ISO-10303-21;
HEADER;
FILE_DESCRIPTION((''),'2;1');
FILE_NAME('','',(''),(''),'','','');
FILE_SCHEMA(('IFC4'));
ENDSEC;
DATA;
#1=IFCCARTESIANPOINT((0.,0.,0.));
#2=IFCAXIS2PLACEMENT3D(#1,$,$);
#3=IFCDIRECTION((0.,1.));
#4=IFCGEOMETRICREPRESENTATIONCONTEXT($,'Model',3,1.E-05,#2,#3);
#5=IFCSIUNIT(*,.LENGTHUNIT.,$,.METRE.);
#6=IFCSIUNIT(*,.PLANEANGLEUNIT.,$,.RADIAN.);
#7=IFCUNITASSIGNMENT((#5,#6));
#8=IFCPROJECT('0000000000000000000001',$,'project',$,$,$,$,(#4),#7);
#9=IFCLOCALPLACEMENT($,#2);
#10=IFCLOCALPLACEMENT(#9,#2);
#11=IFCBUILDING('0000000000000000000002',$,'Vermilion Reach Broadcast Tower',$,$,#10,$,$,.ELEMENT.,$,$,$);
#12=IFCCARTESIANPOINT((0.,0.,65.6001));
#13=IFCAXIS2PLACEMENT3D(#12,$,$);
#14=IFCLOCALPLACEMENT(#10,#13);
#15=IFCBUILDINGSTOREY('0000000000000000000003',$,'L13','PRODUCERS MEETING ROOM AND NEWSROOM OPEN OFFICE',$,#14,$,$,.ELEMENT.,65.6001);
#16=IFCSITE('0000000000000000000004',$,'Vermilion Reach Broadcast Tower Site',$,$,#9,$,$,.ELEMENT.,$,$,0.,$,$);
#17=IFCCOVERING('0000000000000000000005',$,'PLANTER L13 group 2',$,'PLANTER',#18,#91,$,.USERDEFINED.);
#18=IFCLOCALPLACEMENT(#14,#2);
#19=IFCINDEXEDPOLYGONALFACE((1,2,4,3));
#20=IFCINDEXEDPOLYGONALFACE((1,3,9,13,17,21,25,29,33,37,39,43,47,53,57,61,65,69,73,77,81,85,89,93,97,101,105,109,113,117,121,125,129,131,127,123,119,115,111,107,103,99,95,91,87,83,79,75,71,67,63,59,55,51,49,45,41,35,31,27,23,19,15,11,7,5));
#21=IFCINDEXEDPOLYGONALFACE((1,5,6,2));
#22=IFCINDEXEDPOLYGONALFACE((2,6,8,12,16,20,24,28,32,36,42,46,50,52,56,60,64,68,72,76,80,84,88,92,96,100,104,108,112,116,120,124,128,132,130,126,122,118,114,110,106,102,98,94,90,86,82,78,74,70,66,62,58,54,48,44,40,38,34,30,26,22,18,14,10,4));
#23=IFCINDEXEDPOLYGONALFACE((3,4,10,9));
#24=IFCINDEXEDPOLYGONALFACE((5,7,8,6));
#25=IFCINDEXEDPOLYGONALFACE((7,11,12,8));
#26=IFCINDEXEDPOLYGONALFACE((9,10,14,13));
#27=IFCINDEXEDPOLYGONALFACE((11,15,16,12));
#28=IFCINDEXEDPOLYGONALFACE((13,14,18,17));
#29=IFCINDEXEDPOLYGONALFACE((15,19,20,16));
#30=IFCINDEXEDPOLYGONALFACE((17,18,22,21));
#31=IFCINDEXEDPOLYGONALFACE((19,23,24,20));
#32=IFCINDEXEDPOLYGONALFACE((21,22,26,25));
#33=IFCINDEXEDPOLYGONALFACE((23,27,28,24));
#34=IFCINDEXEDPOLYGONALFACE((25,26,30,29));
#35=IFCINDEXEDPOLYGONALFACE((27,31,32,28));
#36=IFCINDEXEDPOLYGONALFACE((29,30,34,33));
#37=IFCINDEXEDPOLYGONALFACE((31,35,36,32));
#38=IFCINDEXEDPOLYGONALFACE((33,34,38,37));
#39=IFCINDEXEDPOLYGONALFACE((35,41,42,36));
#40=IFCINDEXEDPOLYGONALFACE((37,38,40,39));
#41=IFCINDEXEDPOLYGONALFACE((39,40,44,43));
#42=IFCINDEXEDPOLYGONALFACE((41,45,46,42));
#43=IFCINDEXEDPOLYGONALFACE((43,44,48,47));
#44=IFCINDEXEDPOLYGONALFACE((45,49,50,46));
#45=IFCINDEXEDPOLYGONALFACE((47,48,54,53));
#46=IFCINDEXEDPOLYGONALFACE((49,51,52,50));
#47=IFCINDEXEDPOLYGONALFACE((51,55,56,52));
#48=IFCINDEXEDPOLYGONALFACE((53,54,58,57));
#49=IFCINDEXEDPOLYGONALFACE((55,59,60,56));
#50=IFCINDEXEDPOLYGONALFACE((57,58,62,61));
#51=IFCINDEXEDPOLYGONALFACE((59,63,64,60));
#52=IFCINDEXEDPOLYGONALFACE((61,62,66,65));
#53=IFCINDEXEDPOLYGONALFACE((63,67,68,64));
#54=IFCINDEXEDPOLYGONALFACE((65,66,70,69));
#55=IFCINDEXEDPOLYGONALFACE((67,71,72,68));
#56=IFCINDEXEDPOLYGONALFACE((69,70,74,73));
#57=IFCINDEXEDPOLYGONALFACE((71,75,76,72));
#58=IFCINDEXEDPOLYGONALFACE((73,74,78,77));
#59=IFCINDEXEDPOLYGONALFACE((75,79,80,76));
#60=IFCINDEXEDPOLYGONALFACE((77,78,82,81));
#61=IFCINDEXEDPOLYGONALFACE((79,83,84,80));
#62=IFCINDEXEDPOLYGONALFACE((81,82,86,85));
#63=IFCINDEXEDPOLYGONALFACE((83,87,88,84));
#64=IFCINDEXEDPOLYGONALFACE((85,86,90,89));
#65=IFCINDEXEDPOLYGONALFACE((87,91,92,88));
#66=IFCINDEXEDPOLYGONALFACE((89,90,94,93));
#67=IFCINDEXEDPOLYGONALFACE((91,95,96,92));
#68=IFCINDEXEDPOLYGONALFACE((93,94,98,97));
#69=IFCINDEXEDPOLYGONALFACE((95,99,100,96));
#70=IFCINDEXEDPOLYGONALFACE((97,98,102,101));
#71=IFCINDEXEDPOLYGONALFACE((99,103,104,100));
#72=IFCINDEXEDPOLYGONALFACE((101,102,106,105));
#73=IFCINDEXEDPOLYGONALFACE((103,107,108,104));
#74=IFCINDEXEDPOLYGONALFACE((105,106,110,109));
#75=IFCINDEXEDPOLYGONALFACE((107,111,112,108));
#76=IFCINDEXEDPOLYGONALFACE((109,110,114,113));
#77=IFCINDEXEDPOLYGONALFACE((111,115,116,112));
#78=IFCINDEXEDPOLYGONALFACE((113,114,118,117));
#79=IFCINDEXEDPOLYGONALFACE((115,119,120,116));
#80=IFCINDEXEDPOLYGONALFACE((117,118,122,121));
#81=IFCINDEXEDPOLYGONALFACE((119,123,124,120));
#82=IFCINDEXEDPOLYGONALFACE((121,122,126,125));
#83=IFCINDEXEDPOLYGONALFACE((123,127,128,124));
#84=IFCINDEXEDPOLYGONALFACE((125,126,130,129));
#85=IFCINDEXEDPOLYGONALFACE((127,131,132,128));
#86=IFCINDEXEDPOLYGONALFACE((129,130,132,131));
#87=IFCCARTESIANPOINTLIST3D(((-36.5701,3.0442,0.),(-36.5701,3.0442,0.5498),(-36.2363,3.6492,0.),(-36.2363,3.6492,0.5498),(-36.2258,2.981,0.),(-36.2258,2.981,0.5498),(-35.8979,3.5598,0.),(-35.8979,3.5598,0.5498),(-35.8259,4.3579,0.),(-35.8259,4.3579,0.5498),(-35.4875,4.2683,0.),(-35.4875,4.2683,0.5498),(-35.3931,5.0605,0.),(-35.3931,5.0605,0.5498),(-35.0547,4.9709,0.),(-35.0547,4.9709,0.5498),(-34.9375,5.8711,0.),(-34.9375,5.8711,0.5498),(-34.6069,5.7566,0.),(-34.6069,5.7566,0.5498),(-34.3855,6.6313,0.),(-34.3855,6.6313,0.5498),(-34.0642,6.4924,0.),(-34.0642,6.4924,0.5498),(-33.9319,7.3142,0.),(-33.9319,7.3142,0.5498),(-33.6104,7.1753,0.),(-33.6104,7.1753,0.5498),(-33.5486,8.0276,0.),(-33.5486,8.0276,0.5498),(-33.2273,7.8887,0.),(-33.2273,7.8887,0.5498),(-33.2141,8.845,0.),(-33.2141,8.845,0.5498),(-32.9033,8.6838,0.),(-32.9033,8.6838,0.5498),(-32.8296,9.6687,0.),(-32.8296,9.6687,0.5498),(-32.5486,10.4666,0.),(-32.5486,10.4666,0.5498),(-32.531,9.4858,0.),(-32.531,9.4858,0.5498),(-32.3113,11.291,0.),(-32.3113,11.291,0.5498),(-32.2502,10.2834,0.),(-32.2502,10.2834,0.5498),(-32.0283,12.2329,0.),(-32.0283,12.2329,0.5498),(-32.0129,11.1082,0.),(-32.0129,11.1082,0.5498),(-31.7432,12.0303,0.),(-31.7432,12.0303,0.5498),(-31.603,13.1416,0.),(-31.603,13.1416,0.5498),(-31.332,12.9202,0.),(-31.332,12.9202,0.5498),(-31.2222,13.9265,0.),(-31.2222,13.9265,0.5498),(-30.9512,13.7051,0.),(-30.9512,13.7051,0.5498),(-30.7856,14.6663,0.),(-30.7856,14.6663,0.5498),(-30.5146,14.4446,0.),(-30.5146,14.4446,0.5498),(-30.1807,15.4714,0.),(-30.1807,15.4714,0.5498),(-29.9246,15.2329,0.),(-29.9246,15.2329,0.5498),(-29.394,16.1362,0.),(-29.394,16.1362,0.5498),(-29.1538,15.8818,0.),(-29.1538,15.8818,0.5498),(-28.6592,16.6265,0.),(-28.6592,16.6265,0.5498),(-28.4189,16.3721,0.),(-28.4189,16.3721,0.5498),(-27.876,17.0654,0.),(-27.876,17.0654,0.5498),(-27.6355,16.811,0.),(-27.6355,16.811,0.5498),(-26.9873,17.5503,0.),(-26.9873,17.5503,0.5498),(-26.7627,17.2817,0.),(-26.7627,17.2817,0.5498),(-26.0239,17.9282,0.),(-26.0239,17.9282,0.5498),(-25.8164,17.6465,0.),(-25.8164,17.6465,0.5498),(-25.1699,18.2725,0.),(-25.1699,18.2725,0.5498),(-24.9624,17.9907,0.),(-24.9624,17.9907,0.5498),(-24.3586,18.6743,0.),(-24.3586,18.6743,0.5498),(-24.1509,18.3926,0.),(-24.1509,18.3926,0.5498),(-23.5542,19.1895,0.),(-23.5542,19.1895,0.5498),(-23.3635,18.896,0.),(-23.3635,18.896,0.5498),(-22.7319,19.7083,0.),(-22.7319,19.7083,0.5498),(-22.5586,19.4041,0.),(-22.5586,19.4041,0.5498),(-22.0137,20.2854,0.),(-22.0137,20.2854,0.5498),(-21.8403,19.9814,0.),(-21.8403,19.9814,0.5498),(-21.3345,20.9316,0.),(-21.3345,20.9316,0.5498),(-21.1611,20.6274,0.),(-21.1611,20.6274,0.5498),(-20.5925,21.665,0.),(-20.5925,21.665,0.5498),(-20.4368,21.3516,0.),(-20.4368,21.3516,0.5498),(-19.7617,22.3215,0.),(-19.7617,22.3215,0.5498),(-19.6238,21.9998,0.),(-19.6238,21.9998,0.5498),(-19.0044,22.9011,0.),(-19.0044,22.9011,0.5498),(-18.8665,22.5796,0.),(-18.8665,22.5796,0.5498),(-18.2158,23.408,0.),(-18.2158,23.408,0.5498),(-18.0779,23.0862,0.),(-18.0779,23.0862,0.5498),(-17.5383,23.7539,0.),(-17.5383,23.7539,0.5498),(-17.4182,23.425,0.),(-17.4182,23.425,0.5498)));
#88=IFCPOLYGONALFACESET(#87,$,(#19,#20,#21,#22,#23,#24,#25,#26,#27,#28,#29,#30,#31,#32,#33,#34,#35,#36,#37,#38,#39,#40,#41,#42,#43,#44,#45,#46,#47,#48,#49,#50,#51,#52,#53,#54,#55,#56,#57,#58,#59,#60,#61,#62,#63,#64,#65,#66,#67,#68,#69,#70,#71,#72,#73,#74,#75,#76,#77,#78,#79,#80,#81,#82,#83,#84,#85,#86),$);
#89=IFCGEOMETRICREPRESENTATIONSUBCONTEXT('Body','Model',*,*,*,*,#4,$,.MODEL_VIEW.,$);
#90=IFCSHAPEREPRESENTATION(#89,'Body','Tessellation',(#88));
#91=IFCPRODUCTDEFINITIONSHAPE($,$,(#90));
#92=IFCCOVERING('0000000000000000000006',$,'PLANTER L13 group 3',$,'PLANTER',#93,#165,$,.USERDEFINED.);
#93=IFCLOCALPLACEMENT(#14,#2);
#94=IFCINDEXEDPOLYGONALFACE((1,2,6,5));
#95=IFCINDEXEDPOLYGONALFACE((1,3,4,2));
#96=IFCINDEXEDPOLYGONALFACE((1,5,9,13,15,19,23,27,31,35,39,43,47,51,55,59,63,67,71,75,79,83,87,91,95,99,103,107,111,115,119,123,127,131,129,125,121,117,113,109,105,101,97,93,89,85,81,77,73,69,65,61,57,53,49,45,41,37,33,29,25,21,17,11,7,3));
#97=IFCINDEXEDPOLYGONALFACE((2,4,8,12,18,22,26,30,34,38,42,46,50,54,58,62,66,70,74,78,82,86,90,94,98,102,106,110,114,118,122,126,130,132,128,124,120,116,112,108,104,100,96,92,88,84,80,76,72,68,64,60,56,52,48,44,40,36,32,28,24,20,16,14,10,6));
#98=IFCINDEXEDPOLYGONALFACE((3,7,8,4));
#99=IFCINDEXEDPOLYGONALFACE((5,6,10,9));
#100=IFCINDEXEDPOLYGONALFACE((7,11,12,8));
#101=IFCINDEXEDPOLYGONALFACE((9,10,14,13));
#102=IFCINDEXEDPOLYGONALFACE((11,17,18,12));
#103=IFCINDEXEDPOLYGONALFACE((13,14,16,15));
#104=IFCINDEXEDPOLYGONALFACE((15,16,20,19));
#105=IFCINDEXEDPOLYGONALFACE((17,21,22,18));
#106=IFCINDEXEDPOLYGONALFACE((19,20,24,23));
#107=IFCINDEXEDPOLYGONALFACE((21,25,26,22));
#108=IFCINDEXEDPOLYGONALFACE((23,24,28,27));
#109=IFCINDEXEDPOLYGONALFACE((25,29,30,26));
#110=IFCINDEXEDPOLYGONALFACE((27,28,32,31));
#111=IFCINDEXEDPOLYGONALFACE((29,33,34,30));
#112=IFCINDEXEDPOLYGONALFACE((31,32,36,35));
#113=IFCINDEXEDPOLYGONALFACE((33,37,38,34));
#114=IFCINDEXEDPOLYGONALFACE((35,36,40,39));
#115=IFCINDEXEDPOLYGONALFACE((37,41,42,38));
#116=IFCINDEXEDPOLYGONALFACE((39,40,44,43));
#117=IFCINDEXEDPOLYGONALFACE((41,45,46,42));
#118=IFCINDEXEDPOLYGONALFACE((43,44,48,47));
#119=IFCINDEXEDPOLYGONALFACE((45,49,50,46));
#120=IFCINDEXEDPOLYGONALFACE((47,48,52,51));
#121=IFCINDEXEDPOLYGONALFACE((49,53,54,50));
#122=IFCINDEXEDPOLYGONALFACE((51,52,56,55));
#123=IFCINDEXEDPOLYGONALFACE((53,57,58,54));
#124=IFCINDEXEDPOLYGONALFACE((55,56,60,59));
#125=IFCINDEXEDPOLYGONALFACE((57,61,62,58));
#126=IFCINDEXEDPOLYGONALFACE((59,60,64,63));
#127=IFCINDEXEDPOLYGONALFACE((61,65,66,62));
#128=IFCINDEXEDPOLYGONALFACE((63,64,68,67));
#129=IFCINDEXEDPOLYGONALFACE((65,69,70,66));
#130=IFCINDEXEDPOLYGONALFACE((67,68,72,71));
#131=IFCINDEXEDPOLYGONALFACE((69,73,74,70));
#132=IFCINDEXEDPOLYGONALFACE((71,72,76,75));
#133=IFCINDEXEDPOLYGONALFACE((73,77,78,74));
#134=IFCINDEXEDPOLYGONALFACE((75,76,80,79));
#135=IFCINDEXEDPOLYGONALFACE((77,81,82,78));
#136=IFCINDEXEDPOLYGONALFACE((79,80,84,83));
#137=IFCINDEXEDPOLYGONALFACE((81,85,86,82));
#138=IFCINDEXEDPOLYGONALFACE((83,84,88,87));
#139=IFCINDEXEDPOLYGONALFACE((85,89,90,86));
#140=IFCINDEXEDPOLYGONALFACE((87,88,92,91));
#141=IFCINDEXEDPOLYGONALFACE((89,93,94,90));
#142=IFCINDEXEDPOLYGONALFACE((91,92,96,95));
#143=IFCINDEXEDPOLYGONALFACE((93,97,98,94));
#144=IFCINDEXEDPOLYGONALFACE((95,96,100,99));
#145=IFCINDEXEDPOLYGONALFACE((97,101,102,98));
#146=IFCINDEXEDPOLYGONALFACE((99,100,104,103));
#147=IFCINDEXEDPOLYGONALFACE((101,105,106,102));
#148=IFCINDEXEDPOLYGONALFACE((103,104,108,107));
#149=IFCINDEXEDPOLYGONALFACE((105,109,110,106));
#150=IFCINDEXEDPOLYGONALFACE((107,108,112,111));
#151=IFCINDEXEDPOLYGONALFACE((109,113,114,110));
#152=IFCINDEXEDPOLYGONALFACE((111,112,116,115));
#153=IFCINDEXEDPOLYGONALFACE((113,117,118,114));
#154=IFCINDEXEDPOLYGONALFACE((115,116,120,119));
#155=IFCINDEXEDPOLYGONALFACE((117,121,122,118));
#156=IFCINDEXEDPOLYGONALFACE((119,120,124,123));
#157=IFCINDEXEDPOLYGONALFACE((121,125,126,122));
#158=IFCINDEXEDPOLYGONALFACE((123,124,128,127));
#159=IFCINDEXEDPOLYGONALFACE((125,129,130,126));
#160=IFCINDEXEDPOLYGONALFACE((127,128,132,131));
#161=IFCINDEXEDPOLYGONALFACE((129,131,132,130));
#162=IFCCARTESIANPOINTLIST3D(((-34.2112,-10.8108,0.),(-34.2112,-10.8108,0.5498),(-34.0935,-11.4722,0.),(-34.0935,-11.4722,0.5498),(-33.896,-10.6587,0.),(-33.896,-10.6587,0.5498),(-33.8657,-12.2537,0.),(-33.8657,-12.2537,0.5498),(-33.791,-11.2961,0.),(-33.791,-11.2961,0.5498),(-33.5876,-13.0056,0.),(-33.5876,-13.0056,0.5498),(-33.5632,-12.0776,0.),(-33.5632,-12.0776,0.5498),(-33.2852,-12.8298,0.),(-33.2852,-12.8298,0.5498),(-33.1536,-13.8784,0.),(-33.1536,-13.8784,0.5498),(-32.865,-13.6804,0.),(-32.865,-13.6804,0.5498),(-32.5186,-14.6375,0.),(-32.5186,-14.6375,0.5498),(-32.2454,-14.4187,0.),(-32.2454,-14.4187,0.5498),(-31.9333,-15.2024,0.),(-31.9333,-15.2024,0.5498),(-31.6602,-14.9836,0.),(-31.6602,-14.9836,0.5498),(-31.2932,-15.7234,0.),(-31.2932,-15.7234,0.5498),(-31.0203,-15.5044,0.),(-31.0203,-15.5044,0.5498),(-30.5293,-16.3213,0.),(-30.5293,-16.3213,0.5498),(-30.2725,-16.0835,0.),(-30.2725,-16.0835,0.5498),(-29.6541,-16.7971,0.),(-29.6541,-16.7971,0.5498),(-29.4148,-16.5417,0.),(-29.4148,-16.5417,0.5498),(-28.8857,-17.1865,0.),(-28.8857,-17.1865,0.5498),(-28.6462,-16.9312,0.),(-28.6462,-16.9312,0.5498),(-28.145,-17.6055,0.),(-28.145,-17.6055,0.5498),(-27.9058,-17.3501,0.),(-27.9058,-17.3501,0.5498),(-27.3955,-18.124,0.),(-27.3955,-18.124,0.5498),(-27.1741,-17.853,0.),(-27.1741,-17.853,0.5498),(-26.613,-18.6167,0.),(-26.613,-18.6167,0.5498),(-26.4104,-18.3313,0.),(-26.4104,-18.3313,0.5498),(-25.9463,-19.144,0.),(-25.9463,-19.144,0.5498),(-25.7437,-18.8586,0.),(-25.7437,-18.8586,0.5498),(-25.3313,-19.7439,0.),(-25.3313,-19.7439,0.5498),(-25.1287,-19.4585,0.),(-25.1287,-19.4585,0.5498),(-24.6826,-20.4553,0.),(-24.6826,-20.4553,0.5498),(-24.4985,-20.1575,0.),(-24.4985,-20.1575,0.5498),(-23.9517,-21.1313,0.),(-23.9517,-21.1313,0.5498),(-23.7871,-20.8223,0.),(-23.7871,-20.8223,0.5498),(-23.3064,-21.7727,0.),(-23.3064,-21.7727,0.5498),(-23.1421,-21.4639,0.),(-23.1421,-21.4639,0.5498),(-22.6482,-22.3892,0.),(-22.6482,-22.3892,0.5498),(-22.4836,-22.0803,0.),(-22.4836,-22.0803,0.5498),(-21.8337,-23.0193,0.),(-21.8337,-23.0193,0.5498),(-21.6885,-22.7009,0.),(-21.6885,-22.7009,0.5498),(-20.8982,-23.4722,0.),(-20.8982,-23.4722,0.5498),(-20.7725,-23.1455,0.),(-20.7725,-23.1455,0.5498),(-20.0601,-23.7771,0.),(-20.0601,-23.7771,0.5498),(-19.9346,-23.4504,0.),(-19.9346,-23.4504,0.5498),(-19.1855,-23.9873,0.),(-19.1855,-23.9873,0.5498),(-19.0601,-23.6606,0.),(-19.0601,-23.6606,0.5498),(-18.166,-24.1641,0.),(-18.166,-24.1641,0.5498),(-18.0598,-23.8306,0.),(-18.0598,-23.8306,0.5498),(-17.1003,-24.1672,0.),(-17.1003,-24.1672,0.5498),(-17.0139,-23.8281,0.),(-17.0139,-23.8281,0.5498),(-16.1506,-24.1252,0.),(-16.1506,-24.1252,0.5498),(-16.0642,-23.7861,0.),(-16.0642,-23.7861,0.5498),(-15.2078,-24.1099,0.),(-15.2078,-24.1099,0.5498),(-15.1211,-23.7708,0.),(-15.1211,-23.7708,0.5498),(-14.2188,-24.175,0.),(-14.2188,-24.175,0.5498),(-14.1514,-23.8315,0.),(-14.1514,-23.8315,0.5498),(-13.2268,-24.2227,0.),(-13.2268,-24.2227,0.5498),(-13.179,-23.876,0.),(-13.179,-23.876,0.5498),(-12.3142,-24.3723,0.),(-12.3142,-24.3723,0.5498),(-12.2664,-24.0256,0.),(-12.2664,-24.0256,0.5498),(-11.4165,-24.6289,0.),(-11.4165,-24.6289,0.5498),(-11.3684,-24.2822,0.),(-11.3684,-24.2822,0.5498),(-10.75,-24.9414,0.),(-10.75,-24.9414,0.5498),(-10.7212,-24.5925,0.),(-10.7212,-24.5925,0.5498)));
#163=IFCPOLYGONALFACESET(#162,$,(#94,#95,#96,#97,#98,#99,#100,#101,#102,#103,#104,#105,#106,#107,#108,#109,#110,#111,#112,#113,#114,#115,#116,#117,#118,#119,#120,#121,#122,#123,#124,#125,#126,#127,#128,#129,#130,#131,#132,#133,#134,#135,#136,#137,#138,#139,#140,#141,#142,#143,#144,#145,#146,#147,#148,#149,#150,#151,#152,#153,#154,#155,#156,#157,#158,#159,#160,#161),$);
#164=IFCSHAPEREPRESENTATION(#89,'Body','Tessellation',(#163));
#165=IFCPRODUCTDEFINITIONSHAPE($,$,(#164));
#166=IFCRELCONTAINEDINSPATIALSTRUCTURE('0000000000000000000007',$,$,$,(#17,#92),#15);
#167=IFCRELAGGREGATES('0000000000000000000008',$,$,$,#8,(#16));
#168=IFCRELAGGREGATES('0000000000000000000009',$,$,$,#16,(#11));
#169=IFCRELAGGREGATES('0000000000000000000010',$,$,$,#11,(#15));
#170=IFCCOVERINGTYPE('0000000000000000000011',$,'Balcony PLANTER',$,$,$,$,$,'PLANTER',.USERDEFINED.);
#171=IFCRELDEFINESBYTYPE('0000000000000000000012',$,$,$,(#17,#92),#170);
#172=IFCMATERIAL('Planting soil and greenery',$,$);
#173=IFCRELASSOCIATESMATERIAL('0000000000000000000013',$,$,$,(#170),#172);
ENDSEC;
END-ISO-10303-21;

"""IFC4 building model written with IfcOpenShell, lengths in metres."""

from ifc_helpers import new_model, si_unit, direction, frame, origin, place, context, subcontext, project, spatial, polyline, outline, extrude, material, type_object, element, save


model = new_model("IFC4")

# Units and contexts
model_context = context("Model", 3, precision=1e-05, world=origin(), true_north=direction((0.0, 1.0)))
body_context = subcontext(model_context, "Body", "Model", "MODEL_VIEW")
ifc_project = project(units=[si_unit("LENGTHUNIT", "METRE"), si_unit("PLANEANGLEUNIT", "RADIAN")], contexts=[model_context])

# Site, building, storey
site_placement = place(None, origin())
site = spatial("IfcSite", under=ifc_project, at=site_placement, Name="Vermilion Reach Broadcast Tower Site", CompositionType="ELEMENT", RefElevation=0.0)
building_placement = place(site_placement, origin())
building = spatial("IfcBuilding", under=site, at=building_placement, Name="Vermilion Reach Broadcast Tower", CompositionType="ELEMENT")
storey_placement = place(building_placement, frame((0.0, 0.0, 65.6001)))
storey = spatial("IfcBuildingStorey", under=building, at=storey_placement, Name="L13", Description="PRODUCERS MEETING ROOM AND NEWSROOM OPEN OFFICE", CompositionType="ELEMENT", Elevation=65.6001)

# Shared definitions
placement_1 = place(storey_placement, origin())

# Coverings
ifc_material_1 = material(Name="Planting soil and greenery")
covering_type = type_object("IfcCoveringType", Name="Balcony PLANTER", ElementType="PLANTER", PredefinedType="USERDEFINED", material=ifc_material_1)
element("IfcCovering", 1, at=placement_1, inside=storey, type_object=covering_type, Name="PLANTER L13 group 2", ObjectType="PLANTER", PredefinedType="USERDEFINED", context=body_context, shape_type="SweptSolid", body=[
    extrude(outline(polyline([(-17.5383, 23.7539), (-18.2158, 23.408), (-19.0044, 22.9011), (-19.7617, 22.3215), (-20.5925, 21.665), (-21.3345, 20.9316), (-22.0137, 20.2854), (-22.7319, 19.7083), (-23.5542, 19.1895), (-24.3586, 18.6743), (-25.1699, 18.2725), (-26.0239, 17.9282), (-26.9873, 17.5503), (-27.876, 17.0654), (-28.6592, 16.6265), (-29.394, 16.1362), (-30.1807, 15.4714), (-30.7856, 14.6663), (-31.2222, 13.9265), (-31.603, 13.1416), (-32.0283, 12.2329), (-32.3113, 11.291), (-32.5486, 10.4666), (-32.8296, 9.6687), (-33.2141, 8.845), (-33.5486, 8.0276), (-33.9319, 7.3142), (-34.3855, 6.6313), (-34.9375, 5.8711), (-35.3931, 5.0605), (-35.8259, 4.3579), (-36.2363, 3.6492), (-36.5701, 3.0442), (-36.2258, 2.981), (-35.8979, 3.5598), (-35.4875, 4.2683), (-35.0547, 4.9709), (-34.6069, 5.7566), (-34.0642, 6.4924), (-33.6104, 7.1753), (-33.2273, 7.8887), (-32.9033, 8.6838), (-32.531, 9.4858), (-32.2502, 10.2834), (-32.0129, 11.1082), (-31.7432, 12.0303), (-31.332, 12.9202), (-30.9512, 13.7051), (-30.5146, 14.4446), (-29.9246, 15.2329), (-29.1538, 15.8818), (-28.4189, 16.3721), (-27.6355, 16.811), (-26.7627, 17.2817), (-25.8164, 17.6465), (-24.9624, 17.9907), (-24.1509, 18.3926), (-23.3635, 18.896), (-22.5586, 19.4041), (-21.8403, 19.9814), (-21.1611, 20.6274), (-20.4368, 21.3516), (-19.6238, 21.9998), (-18.8665, 22.5796), (-18.0779, 23.0862), (-17.4182, 23.425), (-17.5383, 23.7539)])), origin(), (0.0, 0.0, 1.0), 0.5498),
])
element("IfcCovering", 2, at=placement_1, inside=storey, type_object=covering_type, Name="PLANTER L13 group 3", ObjectType="PLANTER", PredefinedType="USERDEFINED", context=body_context, shape_type="SweptSolid", body=[
    extrude(outline(polyline([(-34.2112, -10.8108), (-34.0935, -11.4722), (-33.8657, -12.2537), (-33.5876, -13.0056), (-33.1536, -13.8784), (-32.5186, -14.6375), (-31.9333, -15.2024), (-31.2932, -15.7234), (-30.5293, -16.3213), (-29.6541, -16.7971), (-28.8857, -17.1865), (-28.145, -17.6055), (-27.3955, -18.124), (-26.613, -18.6167), (-25.9463, -19.144), (-25.3313, -19.7439), (-24.6826, -20.4553), (-23.9517, -21.1313), (-23.3064, -21.7727), (-22.6482, -22.3892), (-21.8337, -23.0193), (-20.8982, -23.4722), (-20.0601, -23.7771), (-19.1855, -23.9873), (-18.166, -24.1641), (-17.1003, -24.1672), (-16.1506, -24.1252), (-15.2078, -24.1099), (-14.2188, -24.175), (-13.2268, -24.2227), (-12.3142, -24.3723), (-11.4165, -24.6289), (-10.75, -24.9414), (-10.7212, -24.5925), (-11.3684, -24.2822), (-12.2664, -24.0256), (-13.179, -23.876), (-14.1514, -23.8315), (-15.1211, -23.7708), (-16.0642, -23.7861), (-17.0139, -23.8281), (-18.0598, -23.8306), (-19.0601, -23.6606), (-19.9346, -23.4504), (-20.7725, -23.1455), (-21.6885, -22.7009), (-22.4836, -22.0803), (-23.1421, -21.4639), (-23.7871, -20.8223), (-24.4985, -20.1575), (-25.1287, -19.4585), (-25.7437, -18.8586), (-26.4104, -18.3313), (-27.1741, -17.853), (-27.9058, -17.3501), (-28.6462, -16.9312), (-29.4148, -16.5417), (-30.2725, -16.0835), (-31.0203, -15.5044), (-31.6602, -14.9836), (-32.2454, -14.4187), (-32.865, -13.6804), (-33.2852, -12.8298), (-33.5632, -12.0776), (-33.791, -11.2961), (-33.896, -10.6587), (-34.2112, -10.8108)])), origin(), (0.0, 0.0, 1.0), 0.5498),
])

save(model, "model.ifc")
